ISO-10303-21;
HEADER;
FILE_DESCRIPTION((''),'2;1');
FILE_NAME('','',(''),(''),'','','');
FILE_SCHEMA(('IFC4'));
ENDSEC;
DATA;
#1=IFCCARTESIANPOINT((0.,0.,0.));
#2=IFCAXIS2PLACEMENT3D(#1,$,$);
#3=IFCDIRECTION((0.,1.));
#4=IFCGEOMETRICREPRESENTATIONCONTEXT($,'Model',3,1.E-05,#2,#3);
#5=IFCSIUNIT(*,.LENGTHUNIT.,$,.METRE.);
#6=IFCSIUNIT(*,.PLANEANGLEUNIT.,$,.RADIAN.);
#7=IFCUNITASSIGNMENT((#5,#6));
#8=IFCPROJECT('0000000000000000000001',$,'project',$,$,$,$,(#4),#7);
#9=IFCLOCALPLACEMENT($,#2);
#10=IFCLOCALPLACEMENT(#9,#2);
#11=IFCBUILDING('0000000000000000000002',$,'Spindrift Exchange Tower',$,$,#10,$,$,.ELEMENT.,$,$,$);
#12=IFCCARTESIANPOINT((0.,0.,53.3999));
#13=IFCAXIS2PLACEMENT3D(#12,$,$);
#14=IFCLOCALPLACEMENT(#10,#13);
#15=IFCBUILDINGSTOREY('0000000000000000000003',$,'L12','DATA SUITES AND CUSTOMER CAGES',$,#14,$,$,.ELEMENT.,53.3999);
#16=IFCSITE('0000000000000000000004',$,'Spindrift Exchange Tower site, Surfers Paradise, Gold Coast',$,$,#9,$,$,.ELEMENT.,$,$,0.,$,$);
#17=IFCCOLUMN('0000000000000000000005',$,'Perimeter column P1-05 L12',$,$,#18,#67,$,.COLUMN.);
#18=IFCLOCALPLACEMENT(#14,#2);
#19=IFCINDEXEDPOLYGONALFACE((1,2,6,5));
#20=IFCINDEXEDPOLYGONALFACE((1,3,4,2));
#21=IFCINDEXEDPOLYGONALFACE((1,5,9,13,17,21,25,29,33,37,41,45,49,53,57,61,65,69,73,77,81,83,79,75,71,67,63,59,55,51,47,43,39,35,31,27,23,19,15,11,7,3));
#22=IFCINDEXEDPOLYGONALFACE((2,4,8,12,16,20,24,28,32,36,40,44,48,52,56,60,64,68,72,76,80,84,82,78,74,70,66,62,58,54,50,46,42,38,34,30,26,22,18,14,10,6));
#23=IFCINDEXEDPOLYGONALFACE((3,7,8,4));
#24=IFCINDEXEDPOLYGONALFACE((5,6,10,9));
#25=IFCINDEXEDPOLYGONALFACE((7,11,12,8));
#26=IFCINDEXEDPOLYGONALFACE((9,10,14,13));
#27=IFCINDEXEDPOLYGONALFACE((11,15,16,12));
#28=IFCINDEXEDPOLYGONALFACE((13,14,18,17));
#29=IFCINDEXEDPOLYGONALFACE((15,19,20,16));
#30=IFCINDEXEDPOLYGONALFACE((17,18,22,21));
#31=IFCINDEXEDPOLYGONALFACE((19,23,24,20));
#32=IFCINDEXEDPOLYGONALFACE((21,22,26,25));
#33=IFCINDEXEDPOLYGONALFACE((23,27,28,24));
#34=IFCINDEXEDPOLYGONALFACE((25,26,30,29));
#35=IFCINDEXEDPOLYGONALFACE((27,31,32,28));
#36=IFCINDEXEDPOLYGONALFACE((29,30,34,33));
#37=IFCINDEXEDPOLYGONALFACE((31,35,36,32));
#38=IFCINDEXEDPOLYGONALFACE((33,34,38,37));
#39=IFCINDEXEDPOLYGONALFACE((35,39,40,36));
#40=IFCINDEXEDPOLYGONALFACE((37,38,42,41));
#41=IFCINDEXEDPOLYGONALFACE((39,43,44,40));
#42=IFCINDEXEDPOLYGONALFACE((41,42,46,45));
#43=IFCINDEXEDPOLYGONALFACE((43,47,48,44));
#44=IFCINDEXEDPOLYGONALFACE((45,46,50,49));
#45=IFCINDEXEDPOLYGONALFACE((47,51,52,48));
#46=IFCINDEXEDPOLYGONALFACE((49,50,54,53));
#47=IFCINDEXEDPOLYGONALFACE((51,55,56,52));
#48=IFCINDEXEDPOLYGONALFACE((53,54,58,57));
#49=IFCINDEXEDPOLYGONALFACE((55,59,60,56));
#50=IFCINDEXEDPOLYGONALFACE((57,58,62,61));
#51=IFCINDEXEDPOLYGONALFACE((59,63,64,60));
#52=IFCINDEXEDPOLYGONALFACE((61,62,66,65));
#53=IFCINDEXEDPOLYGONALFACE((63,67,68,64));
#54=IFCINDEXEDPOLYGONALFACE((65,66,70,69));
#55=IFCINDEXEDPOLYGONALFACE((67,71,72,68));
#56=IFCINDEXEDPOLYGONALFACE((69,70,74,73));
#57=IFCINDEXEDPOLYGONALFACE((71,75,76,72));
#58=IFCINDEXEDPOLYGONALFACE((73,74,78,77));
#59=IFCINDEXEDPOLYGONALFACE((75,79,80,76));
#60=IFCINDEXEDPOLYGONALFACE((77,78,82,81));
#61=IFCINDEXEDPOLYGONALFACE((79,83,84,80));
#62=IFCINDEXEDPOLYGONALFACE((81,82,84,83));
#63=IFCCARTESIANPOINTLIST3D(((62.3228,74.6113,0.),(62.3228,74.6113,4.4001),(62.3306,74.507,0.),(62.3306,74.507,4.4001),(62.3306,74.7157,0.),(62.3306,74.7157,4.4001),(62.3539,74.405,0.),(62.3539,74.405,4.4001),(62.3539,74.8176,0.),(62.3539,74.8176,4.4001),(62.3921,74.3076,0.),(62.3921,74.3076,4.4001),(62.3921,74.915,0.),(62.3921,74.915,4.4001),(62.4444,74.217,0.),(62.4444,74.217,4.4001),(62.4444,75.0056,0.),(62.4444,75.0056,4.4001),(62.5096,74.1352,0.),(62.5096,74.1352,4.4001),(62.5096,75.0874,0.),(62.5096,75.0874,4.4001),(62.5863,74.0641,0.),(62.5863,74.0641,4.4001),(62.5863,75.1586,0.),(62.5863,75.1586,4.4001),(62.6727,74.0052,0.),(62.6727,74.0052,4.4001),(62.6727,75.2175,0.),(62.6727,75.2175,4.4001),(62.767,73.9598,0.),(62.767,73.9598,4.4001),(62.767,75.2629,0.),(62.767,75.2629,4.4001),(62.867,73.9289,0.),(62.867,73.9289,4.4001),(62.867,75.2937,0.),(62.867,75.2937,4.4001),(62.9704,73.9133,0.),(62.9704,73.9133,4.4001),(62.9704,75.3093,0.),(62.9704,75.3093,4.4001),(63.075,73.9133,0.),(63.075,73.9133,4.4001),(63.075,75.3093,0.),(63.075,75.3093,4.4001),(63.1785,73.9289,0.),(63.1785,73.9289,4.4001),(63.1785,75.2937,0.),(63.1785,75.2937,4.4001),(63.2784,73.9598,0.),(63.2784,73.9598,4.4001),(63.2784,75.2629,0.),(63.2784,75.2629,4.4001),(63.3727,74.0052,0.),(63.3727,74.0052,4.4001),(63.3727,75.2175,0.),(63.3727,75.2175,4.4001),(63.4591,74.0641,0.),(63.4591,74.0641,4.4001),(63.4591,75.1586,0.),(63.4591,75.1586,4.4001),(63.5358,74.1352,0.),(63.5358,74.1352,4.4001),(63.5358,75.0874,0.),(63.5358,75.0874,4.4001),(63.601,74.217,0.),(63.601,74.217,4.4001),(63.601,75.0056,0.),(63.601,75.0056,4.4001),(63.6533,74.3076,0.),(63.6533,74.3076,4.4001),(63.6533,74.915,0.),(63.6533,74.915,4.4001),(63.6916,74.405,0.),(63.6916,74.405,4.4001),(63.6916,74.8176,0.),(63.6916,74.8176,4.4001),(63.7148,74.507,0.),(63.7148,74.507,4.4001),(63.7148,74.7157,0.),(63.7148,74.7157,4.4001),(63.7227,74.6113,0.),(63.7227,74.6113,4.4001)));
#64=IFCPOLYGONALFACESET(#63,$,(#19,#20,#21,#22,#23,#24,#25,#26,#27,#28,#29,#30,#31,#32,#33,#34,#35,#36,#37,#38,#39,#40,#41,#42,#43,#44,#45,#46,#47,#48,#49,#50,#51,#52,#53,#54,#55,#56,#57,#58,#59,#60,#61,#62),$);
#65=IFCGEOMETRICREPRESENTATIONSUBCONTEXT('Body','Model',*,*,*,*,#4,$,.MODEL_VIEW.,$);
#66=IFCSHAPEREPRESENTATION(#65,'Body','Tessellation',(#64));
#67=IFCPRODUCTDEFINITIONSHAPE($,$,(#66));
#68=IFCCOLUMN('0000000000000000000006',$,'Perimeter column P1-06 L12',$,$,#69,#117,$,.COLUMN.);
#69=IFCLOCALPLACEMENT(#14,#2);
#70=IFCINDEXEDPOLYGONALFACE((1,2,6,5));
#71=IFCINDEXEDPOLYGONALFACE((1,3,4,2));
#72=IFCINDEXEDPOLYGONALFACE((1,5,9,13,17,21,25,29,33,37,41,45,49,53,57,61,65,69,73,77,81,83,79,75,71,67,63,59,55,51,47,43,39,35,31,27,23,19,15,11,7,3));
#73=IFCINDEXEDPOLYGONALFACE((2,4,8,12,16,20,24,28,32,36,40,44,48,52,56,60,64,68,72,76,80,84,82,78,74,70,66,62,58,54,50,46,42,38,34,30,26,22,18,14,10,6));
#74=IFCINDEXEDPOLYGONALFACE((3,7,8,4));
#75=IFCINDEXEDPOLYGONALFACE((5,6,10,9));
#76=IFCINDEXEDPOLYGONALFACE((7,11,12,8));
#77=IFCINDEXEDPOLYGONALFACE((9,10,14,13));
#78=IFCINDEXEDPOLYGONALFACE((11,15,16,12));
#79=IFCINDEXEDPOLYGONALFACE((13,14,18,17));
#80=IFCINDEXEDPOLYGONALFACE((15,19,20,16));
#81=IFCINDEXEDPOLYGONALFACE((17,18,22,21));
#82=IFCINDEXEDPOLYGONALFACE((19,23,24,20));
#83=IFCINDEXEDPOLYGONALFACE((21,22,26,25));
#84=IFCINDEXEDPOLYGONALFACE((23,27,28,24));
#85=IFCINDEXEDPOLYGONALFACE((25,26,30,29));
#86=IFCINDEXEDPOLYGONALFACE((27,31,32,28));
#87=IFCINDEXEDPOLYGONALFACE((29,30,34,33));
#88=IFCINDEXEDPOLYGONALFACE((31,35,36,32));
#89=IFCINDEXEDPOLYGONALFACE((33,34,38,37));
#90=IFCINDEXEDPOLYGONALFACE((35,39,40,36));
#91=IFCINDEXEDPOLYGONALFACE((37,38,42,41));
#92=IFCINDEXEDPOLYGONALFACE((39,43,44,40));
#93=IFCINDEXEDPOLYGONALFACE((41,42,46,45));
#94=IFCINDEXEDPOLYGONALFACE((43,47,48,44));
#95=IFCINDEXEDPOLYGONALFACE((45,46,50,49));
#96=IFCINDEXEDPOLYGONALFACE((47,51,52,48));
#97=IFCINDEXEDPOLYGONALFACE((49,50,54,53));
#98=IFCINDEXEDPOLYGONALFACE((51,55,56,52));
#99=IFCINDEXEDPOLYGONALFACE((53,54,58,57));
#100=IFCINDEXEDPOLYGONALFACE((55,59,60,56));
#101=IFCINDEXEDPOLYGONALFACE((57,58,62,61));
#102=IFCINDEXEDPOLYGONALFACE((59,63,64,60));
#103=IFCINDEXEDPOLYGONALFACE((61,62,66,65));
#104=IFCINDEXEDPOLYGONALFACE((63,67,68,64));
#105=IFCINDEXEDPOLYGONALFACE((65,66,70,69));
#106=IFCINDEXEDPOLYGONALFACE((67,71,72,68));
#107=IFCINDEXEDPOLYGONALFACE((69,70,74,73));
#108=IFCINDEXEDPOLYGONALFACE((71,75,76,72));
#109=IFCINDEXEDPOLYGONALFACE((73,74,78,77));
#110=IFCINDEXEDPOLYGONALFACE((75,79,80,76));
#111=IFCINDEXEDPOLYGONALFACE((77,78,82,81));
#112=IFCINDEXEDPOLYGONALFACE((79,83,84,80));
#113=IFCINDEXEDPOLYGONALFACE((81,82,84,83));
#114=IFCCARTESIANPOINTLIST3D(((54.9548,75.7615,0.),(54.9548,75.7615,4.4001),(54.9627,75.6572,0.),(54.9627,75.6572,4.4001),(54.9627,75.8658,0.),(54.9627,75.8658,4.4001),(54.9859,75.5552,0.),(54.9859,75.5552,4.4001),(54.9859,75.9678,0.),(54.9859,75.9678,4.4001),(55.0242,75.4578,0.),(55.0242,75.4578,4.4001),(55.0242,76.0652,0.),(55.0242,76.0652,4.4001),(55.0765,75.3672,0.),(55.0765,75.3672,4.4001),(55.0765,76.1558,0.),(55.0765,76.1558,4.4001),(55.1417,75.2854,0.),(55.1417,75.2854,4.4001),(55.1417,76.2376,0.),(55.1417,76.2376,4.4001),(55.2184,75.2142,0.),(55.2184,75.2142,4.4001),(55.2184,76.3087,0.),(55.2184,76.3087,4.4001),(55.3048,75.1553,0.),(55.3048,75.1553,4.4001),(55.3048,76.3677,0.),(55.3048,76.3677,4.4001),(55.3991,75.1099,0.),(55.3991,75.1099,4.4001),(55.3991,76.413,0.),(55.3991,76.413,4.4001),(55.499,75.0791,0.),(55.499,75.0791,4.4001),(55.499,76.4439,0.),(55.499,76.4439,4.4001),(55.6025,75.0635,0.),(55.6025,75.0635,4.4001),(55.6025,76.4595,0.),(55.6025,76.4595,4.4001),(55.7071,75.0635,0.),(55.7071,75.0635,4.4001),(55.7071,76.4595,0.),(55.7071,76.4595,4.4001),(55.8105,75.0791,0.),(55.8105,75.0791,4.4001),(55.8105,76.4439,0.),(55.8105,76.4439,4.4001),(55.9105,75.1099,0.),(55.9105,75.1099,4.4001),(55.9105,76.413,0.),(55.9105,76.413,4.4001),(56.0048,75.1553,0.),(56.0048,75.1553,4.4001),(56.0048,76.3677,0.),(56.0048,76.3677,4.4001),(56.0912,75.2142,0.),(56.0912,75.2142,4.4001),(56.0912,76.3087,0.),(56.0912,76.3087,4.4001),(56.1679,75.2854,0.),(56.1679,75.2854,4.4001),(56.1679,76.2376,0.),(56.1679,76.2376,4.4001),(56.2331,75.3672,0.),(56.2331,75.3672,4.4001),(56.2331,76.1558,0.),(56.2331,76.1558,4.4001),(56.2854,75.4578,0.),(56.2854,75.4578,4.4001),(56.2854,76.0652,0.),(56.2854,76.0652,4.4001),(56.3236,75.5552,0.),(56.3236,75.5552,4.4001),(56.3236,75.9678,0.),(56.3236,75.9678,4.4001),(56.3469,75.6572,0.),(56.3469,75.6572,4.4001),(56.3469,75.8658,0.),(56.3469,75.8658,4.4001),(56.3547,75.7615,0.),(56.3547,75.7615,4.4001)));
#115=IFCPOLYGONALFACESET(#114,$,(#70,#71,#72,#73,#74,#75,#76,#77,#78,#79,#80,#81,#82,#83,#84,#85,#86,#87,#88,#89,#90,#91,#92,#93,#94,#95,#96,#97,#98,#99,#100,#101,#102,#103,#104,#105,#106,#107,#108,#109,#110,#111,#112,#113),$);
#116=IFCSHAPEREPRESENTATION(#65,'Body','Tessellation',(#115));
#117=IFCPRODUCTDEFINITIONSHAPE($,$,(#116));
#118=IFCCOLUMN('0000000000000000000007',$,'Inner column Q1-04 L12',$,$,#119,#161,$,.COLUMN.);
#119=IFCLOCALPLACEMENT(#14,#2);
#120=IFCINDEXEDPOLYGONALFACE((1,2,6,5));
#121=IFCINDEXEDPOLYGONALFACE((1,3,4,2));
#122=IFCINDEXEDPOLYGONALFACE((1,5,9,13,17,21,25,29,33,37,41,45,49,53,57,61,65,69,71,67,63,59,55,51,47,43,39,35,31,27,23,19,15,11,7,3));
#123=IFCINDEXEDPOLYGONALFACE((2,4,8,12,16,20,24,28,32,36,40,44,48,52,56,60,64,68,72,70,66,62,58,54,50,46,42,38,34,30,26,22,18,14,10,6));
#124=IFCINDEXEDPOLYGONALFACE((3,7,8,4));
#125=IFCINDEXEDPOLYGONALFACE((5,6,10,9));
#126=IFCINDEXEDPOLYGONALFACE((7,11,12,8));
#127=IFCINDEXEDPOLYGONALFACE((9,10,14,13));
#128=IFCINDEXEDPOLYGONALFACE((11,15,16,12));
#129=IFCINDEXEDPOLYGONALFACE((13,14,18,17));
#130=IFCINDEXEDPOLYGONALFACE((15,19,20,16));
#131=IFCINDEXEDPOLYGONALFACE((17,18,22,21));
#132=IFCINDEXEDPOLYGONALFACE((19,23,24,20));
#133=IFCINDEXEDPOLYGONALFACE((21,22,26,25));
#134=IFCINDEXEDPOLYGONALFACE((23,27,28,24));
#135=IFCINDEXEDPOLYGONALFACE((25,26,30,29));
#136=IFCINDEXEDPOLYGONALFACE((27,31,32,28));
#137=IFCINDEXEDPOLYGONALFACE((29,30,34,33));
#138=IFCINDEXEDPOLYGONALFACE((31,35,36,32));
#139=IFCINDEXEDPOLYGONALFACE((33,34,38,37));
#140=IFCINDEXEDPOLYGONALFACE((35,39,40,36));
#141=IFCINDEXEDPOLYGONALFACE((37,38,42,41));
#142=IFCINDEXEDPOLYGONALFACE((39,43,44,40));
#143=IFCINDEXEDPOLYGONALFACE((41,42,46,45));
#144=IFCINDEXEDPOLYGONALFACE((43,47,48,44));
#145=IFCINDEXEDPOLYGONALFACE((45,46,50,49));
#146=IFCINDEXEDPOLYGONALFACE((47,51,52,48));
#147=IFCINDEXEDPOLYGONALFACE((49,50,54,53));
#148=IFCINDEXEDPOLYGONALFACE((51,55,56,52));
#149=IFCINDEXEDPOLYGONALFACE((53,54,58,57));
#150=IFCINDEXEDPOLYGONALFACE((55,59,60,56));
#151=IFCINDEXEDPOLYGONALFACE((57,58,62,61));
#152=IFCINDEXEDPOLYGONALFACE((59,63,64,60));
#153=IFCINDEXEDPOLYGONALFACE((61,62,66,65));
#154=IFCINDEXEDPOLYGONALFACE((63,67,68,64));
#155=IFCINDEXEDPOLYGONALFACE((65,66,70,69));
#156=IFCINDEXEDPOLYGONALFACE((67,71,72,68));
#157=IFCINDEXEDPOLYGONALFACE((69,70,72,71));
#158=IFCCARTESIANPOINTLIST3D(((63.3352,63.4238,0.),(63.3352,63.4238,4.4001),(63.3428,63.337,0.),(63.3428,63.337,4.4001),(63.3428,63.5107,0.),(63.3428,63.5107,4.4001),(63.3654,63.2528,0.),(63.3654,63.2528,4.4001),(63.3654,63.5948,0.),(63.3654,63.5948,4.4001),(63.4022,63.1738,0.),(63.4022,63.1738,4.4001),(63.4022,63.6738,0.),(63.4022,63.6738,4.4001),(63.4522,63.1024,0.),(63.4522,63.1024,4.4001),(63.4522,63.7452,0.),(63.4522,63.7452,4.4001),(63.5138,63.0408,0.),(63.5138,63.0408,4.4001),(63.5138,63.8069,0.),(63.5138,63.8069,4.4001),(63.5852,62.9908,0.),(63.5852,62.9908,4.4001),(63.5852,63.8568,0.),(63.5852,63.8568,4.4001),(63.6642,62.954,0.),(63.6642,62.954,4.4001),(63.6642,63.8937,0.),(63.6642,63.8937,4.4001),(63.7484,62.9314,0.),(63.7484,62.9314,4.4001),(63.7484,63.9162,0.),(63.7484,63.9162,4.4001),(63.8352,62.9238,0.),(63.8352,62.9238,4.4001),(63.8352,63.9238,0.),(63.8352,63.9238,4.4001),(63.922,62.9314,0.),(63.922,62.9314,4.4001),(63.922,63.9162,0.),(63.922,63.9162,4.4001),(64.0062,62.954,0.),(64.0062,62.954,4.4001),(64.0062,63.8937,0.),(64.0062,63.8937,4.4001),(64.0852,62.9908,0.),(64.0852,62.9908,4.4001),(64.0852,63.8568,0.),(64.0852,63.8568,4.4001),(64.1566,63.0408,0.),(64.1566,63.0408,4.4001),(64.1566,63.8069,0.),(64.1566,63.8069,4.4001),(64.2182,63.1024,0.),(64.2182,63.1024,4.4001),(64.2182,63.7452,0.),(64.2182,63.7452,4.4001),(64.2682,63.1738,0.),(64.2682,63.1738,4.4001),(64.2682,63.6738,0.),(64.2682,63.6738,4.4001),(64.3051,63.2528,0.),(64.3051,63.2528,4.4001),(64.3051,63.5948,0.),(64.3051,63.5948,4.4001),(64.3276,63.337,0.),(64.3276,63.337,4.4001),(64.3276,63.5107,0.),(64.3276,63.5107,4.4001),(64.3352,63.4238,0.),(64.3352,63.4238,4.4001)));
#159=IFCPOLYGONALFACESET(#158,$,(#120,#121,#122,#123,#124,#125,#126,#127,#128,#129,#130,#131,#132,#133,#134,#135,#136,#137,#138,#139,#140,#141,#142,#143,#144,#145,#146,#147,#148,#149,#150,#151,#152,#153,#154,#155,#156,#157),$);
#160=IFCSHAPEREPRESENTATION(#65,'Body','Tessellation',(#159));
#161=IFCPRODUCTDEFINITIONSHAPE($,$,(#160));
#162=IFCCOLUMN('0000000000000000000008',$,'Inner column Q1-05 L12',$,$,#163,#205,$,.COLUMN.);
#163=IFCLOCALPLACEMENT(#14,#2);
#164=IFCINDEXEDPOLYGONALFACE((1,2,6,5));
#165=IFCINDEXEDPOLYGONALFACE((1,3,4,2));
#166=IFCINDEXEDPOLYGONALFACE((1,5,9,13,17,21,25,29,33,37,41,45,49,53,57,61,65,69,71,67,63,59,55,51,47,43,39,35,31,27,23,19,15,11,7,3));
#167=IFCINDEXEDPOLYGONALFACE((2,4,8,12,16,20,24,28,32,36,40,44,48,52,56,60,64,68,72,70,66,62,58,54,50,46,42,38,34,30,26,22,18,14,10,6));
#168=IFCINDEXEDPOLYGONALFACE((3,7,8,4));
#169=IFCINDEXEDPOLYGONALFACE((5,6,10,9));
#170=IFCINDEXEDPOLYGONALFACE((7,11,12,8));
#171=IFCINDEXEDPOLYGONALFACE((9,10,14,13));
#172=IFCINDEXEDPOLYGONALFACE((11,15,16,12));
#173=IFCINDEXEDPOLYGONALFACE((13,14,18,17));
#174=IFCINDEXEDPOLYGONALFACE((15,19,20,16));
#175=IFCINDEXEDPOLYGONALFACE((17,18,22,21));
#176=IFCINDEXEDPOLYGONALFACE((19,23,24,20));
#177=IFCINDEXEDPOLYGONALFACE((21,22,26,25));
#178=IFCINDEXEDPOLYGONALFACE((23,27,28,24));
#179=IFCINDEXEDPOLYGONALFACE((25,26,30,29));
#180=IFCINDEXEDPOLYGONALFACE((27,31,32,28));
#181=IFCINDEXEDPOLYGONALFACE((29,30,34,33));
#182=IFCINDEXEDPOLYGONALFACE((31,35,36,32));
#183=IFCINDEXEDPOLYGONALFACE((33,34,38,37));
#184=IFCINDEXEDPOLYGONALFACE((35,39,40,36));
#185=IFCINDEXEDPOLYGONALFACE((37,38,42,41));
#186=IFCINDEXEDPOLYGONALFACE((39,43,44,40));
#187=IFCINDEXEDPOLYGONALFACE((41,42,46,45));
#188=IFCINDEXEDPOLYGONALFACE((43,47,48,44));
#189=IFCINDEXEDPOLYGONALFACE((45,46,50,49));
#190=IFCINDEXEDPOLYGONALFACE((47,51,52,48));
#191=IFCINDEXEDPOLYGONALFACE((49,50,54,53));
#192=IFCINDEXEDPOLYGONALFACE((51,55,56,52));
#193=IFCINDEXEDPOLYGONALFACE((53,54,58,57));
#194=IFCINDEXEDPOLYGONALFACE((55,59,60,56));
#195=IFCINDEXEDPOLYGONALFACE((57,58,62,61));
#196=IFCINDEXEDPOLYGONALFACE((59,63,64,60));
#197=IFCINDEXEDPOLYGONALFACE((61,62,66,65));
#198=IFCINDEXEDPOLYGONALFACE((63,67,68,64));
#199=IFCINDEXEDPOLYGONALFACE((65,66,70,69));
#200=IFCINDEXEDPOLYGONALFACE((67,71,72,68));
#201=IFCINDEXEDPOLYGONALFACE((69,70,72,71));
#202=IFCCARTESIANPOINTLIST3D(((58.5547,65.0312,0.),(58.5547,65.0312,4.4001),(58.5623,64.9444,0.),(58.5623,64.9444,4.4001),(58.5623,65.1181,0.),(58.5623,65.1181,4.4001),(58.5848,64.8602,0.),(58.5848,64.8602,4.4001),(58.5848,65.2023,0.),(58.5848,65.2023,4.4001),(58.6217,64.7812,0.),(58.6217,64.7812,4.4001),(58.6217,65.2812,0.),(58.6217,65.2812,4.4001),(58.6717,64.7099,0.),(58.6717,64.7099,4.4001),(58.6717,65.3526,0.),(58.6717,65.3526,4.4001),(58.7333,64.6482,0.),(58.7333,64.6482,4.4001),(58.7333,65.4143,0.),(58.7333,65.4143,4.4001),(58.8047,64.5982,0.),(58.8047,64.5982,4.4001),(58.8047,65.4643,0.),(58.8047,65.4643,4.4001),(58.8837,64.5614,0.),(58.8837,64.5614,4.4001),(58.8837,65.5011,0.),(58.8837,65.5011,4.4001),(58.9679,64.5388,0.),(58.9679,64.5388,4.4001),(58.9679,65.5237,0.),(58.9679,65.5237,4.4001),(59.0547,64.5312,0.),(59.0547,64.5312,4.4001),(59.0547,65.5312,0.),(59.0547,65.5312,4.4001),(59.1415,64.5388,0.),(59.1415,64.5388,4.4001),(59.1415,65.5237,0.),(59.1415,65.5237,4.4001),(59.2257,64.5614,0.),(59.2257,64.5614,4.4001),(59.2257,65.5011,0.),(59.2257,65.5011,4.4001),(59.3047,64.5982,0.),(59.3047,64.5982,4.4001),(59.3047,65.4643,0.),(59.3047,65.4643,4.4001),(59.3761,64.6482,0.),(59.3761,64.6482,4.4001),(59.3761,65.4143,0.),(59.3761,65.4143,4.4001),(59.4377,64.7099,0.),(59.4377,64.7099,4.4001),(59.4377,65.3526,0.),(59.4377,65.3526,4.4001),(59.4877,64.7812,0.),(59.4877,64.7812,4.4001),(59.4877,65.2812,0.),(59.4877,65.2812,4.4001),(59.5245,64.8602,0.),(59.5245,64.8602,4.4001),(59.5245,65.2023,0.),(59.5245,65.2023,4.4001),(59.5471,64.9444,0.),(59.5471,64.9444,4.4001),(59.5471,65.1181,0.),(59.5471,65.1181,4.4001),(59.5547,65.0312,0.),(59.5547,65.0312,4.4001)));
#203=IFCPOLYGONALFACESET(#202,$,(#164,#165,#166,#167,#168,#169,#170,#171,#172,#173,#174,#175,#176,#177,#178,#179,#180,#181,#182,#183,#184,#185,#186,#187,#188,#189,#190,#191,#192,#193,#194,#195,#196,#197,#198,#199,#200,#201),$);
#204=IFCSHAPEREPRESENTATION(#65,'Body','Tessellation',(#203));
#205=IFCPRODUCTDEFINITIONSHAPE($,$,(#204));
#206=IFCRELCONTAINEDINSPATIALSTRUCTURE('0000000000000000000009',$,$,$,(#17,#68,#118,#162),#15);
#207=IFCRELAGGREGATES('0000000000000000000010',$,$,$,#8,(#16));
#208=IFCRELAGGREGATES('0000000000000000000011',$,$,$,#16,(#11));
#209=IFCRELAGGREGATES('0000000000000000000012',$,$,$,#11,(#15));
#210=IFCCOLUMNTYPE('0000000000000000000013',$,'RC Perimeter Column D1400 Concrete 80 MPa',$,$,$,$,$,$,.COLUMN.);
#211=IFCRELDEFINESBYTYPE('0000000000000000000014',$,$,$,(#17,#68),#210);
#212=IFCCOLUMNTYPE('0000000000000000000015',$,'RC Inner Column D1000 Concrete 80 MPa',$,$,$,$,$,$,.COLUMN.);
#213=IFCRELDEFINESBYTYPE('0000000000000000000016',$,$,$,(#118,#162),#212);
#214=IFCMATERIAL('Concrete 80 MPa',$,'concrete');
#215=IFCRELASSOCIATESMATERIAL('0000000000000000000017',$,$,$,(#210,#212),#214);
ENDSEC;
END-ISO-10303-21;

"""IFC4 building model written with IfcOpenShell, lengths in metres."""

from ifc_helpers import new_model, si_unit, direction, frame, origin, origin_2d, place, context, subcontext, project, spatial, circle, extrude, source, transform, mapped, material, material_profile, profile_set, type_object, element, save


model = new_model("IFC4")

# Units and contexts
model_context = context("Model", 3, precision=1e-05, world=origin(), true_north=direction((0.0, 1.0)))
body_context = subcontext(model_context, "Body", "Model", "MODEL_VIEW")
ifc_project = project(units=[si_unit("LENGTHUNIT", "METRE"), si_unit("PLANEANGLEUNIT", "RADIAN")], contexts=[model_context])

# Site, building, storey
site_placement = place(None, origin())
site = spatial("IfcSite", under=ifc_project, at=site_placement, Name="Spindrift Exchange Tower site, Surfers Paradise, Gold Coast", CompositionType="ELEMENT", RefElevation=0.0)
building_placement = place(site_placement, origin())
building = spatial("IfcBuilding", under=site, at=building_placement, Name="Spindrift Exchange Tower", CompositionType="ELEMENT")
storey_placement = place(building_placement, frame((0.0, 0.0, 53.3999)))
storey = spatial("IfcBuildingStorey", under=building, at=storey_placement, Name="L12", Description="DATA SUITES AND CUSTOMER CAGES", CompositionType="ELEMENT", Elevation=53.3999)

# Columns
ifc_material_1 = material(Name="Concrete 80 MPa", Category="concrete")
ifc_material_profile_1 = material_profile(ifc_material_1, circle(Radius=0.7, at=origin_2d()), Name="RC D1400")
ifc_profile_set_1 = profile_set([ifc_material_profile_1], Name="Concrete 80 MPa")
column_type_1 = type_object("IfcColumnType", Name="RC Perimeter Column D1400 Concrete 80 MPa", PredefinedType="COLUMN", material=ifc_profile_set_1)
shared_shape_1 = source(origin(), body_context, "Body", "SweptSolid", [
    extrude(circle(Radius=0.7, at=origin_2d()), origin(), (0.0, 0.0, 1.0), 4.4001),
])
for number, where, z_axis, x_axis, name in (
    (1, (63.0227, 74.6113, 0.0), (0.0, 0.0, 1.0), (1.0, 0.0, 0.0), "Perimeter column P1-05 L12"),
    (2, (55.6548, 75.7615, 0.0), (0.0, 0.0, 1.0), (1.0, 0.0, 0.0), "Perimeter column P1-06 L12"),
):
    element("IfcColumn", number, at=place(storey_placement, frame(where, z_axis=z_axis, x_axis=x_axis)), inside=storey, type_object=column_type_1, Name=name, PredefinedType="COLUMN", context=body_context, shape_type="MappedRepresentation", body=[
        mapped(shared_shape_1, transform((0.0, 0.0, 0.0), scale=1.0)),
    ])
ifc_material_profile_2 = material_profile(ifc_material_1, circle(Radius=0.5, at=origin_2d()), Name="RC D1000")
ifc_profile_set_2 = profile_set([ifc_material_profile_2], Name="Concrete 80 MPa")
column_type_2 = type_object("IfcColumnType", Name="RC Inner Column D1000 Concrete 80 MPa", PredefinedType="COLUMN", material=ifc_profile_set_2)
shared_shape_2 = source(origin(), body_context, "Body", "SweptSolid", [
    extrude(circle(Radius=0.5, at=origin_2d()), origin(), (0.0, 0.0, 1.0), 4.4001),
])
for number, where, z_axis, x_axis, name in (
    (3, (63.8352, 63.4238, 0.0), (0.0, 0.0, 1.0), (1.0, 0.0, 0.0), "Inner column Q1-04 L12"),
    (4, (59.0547, 65.0312, 0.0), (0.0, 0.0, 1.0), (1.0, 0.0, 0.0), "Inner column Q1-05 L12"),
):
    element("IfcColumn", number, at=place(storey_placement, frame(where, z_axis=z_axis, x_axis=x_axis)), inside=storey, type_object=column_type_2, Name=name, PredefinedType="COLUMN", context=body_context, shape_type="MappedRepresentation", body=[
        mapped(shared_shape_2, transform((0.0, 0.0, 0.0), scale=1.0)),
    ])

save(model, "model.ifc")
